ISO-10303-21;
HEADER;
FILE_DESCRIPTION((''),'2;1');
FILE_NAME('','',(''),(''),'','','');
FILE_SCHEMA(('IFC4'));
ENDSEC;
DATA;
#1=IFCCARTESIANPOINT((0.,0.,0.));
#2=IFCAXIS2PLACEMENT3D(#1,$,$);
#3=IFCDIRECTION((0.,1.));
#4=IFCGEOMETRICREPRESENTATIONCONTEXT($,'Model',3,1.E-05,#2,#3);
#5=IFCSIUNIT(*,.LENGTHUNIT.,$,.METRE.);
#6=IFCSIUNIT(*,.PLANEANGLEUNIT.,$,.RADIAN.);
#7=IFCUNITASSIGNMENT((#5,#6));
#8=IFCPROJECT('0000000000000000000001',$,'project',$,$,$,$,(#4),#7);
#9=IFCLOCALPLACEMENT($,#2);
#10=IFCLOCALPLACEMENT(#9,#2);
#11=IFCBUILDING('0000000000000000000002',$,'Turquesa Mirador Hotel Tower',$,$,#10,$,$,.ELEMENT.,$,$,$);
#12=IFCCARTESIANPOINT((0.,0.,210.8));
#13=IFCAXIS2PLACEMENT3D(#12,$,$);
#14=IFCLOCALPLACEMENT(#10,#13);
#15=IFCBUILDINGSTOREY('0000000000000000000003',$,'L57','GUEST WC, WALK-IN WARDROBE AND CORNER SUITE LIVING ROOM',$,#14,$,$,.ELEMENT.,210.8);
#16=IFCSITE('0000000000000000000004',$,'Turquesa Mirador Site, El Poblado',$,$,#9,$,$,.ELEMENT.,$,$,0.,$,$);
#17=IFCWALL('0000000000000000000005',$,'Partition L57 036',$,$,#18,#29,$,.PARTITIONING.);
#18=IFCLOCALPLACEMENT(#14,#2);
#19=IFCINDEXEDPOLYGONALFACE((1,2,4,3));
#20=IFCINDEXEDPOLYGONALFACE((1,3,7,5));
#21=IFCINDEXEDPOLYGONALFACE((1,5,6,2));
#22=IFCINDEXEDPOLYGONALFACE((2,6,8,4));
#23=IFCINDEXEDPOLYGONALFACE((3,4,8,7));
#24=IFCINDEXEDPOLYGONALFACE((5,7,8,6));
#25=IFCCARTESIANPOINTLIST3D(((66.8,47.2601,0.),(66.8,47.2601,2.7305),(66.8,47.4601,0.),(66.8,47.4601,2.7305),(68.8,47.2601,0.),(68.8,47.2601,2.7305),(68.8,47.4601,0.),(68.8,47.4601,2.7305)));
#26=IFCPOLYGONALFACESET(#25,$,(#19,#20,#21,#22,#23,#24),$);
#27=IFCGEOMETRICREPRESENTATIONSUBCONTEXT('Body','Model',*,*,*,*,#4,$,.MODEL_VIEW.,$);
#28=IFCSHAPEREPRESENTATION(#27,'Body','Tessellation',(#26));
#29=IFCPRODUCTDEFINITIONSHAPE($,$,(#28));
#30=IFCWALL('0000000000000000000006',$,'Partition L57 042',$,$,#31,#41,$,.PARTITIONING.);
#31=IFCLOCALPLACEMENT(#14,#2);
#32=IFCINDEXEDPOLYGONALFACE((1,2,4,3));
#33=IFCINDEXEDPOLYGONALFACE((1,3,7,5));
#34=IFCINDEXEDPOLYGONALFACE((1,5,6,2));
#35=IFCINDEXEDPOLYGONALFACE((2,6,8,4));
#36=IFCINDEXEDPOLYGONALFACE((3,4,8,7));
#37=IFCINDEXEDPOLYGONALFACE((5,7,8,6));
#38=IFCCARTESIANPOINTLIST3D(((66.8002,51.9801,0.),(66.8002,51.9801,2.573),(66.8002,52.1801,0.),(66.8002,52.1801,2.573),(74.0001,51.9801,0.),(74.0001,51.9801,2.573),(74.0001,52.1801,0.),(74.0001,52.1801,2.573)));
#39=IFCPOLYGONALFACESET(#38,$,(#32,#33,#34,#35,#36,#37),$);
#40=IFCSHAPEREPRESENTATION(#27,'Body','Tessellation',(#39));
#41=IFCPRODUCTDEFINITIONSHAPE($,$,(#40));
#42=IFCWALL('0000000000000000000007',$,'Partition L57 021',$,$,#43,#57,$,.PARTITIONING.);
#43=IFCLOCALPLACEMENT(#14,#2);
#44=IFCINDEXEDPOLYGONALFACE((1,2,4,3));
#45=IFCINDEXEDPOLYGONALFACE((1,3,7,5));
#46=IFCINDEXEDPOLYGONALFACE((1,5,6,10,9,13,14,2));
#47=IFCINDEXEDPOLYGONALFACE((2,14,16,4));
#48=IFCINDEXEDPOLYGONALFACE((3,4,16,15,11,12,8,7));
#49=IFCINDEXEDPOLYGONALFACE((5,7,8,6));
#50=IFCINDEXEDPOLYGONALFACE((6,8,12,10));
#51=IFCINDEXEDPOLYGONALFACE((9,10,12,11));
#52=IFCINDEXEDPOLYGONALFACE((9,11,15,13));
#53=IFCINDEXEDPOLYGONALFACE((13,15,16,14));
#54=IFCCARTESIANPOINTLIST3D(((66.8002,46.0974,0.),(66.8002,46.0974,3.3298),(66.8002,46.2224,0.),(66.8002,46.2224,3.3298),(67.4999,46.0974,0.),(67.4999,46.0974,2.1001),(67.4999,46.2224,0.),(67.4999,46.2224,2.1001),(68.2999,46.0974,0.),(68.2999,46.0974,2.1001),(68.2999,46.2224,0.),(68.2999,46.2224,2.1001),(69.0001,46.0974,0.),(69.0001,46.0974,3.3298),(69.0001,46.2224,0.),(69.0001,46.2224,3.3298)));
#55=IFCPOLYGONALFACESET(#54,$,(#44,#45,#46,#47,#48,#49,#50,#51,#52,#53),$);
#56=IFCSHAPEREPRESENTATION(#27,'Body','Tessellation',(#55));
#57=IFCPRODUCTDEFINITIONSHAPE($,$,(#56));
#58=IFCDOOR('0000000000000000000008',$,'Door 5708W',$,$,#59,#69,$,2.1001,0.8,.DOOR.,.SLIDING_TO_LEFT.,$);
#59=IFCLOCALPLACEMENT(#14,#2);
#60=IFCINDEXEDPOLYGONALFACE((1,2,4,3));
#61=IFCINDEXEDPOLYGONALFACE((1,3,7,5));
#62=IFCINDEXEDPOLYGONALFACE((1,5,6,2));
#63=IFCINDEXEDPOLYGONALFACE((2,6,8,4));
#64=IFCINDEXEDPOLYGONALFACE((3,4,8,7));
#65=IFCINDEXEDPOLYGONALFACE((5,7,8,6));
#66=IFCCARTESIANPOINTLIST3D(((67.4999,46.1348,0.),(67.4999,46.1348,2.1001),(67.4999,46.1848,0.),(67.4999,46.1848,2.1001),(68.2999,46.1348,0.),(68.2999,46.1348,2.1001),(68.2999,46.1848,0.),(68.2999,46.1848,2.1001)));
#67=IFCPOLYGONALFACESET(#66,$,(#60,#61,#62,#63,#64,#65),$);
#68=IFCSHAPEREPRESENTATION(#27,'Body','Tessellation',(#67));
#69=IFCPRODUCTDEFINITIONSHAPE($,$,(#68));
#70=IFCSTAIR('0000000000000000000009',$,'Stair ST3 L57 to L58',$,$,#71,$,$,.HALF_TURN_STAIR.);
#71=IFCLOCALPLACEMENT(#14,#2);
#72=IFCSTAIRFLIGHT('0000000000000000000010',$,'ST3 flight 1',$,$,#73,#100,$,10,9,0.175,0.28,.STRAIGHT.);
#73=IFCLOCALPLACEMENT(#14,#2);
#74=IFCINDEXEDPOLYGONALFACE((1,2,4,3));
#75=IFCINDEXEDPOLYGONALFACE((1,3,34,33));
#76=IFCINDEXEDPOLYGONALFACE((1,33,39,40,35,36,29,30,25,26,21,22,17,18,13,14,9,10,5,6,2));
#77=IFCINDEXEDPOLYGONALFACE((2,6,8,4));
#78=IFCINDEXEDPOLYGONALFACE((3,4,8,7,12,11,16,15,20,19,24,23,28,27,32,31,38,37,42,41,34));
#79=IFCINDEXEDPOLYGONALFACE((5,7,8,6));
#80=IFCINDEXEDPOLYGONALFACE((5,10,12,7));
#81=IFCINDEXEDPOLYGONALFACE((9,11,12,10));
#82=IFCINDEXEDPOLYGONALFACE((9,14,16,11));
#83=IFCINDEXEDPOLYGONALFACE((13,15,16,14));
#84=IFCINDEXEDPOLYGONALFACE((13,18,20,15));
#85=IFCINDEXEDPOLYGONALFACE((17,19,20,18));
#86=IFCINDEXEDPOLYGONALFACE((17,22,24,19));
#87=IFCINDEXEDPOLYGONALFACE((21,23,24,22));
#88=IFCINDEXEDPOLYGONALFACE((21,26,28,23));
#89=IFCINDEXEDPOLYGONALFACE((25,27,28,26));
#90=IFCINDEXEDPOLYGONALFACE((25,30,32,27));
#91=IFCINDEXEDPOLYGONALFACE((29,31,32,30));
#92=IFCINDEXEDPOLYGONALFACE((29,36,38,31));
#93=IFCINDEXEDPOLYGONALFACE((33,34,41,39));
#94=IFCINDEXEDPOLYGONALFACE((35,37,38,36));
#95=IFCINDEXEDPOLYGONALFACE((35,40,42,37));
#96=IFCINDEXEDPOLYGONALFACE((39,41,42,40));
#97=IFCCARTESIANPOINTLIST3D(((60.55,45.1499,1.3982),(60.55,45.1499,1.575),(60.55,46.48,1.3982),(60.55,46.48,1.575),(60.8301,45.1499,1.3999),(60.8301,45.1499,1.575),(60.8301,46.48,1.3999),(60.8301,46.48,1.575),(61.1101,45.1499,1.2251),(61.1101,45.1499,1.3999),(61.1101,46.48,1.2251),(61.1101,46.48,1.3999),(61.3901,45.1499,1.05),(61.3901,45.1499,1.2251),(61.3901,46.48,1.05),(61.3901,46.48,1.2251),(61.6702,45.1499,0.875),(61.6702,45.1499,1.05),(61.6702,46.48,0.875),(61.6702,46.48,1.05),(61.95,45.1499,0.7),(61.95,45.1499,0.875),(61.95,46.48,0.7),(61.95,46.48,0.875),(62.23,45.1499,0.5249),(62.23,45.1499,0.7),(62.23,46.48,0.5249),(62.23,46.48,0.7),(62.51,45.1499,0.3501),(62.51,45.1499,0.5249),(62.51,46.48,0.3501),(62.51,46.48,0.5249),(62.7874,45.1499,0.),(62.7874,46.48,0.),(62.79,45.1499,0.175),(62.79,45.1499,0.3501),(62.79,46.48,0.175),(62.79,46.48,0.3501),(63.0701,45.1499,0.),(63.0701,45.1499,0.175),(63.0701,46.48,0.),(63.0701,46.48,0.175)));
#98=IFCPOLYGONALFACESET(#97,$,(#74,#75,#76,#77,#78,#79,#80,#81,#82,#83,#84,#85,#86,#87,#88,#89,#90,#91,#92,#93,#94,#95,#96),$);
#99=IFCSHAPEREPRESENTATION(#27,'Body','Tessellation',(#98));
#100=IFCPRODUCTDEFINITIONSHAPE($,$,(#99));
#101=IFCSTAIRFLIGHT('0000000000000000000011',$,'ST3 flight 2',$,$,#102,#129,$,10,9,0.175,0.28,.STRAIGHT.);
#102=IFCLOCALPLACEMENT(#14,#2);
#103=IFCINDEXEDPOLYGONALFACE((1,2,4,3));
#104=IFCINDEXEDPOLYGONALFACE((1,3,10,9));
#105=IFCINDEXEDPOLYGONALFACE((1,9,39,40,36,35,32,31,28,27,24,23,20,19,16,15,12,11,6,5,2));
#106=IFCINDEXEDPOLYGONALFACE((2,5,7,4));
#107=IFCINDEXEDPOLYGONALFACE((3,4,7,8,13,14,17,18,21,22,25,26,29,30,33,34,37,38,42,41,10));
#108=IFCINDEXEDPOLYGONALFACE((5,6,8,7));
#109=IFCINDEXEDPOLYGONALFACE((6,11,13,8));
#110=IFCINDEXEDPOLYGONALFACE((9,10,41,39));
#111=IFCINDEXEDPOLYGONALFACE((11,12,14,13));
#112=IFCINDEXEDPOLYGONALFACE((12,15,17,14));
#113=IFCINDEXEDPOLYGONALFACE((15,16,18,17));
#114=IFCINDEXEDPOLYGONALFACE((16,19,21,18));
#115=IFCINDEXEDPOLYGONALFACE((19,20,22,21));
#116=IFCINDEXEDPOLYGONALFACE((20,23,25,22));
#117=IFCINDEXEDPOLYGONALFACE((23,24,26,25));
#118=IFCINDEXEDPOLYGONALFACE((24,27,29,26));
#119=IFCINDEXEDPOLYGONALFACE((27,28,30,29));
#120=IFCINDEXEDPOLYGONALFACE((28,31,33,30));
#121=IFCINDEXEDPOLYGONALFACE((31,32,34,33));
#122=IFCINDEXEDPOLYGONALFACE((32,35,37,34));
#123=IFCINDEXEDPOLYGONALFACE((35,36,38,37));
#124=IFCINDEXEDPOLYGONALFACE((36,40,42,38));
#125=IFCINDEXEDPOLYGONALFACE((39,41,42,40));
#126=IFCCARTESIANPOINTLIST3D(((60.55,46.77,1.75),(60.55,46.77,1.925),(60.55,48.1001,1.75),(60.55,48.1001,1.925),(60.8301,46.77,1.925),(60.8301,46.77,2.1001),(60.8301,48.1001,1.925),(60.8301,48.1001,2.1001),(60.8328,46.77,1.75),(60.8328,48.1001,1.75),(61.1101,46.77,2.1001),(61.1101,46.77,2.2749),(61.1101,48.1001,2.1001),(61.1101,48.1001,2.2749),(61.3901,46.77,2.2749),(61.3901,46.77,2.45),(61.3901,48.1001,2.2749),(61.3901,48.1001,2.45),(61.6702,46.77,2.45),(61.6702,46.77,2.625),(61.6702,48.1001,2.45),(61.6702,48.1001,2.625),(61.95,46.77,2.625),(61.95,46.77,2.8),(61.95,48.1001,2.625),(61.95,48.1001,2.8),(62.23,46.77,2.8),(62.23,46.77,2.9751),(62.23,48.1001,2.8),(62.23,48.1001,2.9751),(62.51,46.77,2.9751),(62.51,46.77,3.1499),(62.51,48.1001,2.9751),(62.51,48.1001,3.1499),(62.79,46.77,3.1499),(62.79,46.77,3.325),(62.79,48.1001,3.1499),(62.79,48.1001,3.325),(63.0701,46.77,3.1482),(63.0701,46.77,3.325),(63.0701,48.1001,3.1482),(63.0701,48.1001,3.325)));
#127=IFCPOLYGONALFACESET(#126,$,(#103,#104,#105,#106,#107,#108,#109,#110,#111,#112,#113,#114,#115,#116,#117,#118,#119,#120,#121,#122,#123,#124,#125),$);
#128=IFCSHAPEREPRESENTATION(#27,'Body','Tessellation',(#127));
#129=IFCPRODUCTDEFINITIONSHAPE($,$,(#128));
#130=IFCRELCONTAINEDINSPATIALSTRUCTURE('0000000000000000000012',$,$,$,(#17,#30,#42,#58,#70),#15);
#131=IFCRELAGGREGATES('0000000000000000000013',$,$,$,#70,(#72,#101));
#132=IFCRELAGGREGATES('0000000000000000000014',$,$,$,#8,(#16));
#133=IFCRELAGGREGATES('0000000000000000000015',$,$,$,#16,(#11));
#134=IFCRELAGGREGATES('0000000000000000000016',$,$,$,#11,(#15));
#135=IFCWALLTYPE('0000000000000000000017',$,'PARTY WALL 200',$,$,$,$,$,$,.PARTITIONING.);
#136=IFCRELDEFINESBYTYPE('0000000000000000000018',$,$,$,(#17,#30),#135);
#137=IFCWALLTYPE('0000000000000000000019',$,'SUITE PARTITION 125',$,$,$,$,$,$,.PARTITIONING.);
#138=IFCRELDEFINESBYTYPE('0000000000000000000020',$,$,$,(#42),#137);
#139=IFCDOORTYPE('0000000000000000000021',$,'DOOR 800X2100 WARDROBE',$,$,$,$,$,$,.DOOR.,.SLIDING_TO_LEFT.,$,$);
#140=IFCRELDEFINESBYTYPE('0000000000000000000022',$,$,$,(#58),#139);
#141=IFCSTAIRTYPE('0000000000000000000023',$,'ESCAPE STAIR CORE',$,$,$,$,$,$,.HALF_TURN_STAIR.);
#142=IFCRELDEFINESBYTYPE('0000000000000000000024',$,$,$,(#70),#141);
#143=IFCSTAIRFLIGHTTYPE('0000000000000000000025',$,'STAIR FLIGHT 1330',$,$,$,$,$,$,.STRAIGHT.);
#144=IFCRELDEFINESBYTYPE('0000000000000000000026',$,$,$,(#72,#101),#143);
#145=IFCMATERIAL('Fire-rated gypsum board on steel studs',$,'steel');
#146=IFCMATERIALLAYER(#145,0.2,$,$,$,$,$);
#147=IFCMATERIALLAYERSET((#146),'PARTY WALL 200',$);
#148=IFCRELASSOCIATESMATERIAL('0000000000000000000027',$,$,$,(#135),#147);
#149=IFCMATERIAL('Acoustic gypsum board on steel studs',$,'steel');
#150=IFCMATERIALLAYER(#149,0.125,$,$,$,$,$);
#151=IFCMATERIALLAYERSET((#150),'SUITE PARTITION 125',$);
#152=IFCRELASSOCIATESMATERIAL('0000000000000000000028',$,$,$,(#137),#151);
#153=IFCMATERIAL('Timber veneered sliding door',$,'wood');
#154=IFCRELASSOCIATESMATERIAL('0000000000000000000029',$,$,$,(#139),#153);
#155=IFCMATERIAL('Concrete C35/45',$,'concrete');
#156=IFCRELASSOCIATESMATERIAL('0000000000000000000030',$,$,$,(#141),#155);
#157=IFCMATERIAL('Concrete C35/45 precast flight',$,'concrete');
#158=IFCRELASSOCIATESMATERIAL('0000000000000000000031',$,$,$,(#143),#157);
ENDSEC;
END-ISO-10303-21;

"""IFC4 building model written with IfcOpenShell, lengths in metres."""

from ifc_helpers import new_model, si_unit, direction, frame, frame_2d, origin, place, context, subcontext, project, spatial, polyline, rectangle, outline, extrude, material, layer, layer_set, type_object, element, fill, aggregate, save


model = new_model("IFC4")

# Units and contexts
model_context = context("Model", 3, precision=1e-05, world=origin(), true_north=direction((0.0, 1.0)))
body_context = subcontext(model_context, "Body", "Model", "MODEL_VIEW")
ifc_project = project(units=[si_unit("LENGTHUNIT", "METRE"), si_unit("PLANEANGLEUNIT", "RADIAN")], contexts=[model_context])

# Site, building, storey
site_placement = place(None, origin())
site = spatial("IfcSite", under=ifc_project, at=site_placement, Name="Turquesa Mirador Site, El Poblado", CompositionType="ELEMENT", RefElevation=0.0)
building_placement = place(site_placement, origin())
building = spatial("IfcBuilding", under=site, at=building_placement, Name="Turquesa Mirador Hotel Tower", CompositionType="ELEMENT")
storey_placement = place(building_placement, frame((0.0, 0.0, 210.8)))
storey = spatial("IfcBuildingStorey", under=building, at=storey_placement, Name="L57", Description="GUEST WC, WALK-IN WARDROBE AND CORNER SUITE LIVING ROOM", CompositionType="ELEMENT", Elevation=210.8)

# Walls
ifc_material_1 = material(Name="Fire-rated gypsum board on steel studs", Category="steel")
ifc_layer_1 = layer(ifc_material_1, 0.2)
ifc_layer_set_1 = layer_set([ifc_layer_1], Name="PARTY WALL 200")
wall_type_1 = type_object("IfcWallType", Name="PARTY WALL 200", PredefinedType="PARTITIONING", material=ifc_layer_set_1)
wall_1_placement = place(storey_placement, frame((66.8, 47.3601, 0.0), z_axis=(0.0, 0.0, 1.0), x_axis=(1.0, 0.0, 0.0)))
element("IfcWall", 1, at=wall_1_placement, inside=storey, type_object=wall_type_1, Name="Partition L57 036", PredefinedType="PARTITIONING", context=body_context, shape_type="SweptSolid", body=[
    extrude(rectangle(XDim=2.0, YDim=0.2, at=frame_2d((1.0, 0.0))), origin(), (0.0, 0.0, 1.0), 2.7305),
])
wall_2_placement = place(storey_placement, frame((66.8, 52.0801, 0.0), z_axis=(0.0, 0.0, 1.0), x_axis=(1.0, 0.0, 0.0)))
element("IfcWall", 2, at=wall_2_placement, inside=storey, type_object=wall_type_1, Name="Partition L57 042", PredefinedType="PARTITIONING", context=body_context, shape_type="SweptSolid", body=[
    extrude(rectangle(XDim=7.2, YDim=0.2, at=frame_2d((3.6001, 0.0))), origin(), (0.0, 0.0, 1.0), 2.573),
])

# Wall, opening, door
ifc_material_2 = material(Name="Acoustic gypsum board on steel studs", Category="steel")
ifc_layer_2 = layer(ifc_material_2, 0.125)
ifc_layer_set_2 = layer_set([ifc_layer_2], Name="SUITE PARTITION 125")
wall_type_2 = type_object("IfcWallType", Name="SUITE PARTITION 125", PredefinedType="PARTITIONING", material=ifc_layer_set_2)
wall_3_placement = place(storey_placement, frame((66.8, 46.1599, 0.0), z_axis=(0.0, 0.0, 1.0), x_axis=(1.0, 0.0, 0.0)))
wall_3 = element("IfcWall", 3, at=wall_3_placement, inside=storey, type_object=wall_type_2, Name="Partition L57 021", PredefinedType="PARTITIONING", context=body_context, shape_type="SweptSolid", body=[
    extrude(rectangle(XDim=2.2, YDim=0.125, at=frame_2d((1.1001, 0.0))), origin(), (0.0, 0.0, 1.0), 3.3298),
])
opening_1_placement = place(wall_3_placement, frame((0.7, 0.0, 0.0)))
opening_1 = element("IfcOpeningElement", 4, at=opening_1_placement, cuts=wall_3, PredefinedType="OPENING", context=body_context, shape_type="SweptSolid", body=[
    extrude(rectangle(XDim=0.8, YDim=2.1001, at=frame_2d((0.3999, 1.05))), frame((0.0, 0.0725, 0.0), z_axis=(0.0, -1.0, 0.0), x_axis=(1.0, 0.0, 0.0)), (0.0, 0.0, 1.0), 0.145),
])
ifc_material_3 = material(Name="Timber veneered sliding door", Category="wood")
door_type_1 = type_object("IfcDoorType", Name="DOOR 800X2100 WARDROBE", OperationType="SLIDING_TO_LEFT", PredefinedType="DOOR", material=ifc_material_3)
door_1_placement = place(opening_1_placement, origin())
door_1 = element("IfcDoor", 5, at=door_1_placement, inside=storey, type_object=door_type_1, Name="Door 5708W", OperationType="SLIDING_TO_LEFT", OverallHeight=2.1001, OverallWidth=0.8, PredefinedType="DOOR", context=body_context, shape_type="SweptSolid", body=[
    extrude(rectangle(XDim=0.8, YDim=2.1001, at=frame_2d((0.3999, 1.05))), frame((0.0, 0.0249, 0.0), z_axis=(0.0, -1.0, 0.0), x_axis=(1.0, 0.0, 0.0)), (0.0, 0.0, 1.0), 0.05),
])
fill(opening_1, door_1)

# Stair, stair flights
ifc_material_4 = material(Name="Concrete C35/45", Category="concrete")
stair_type = type_object("IfcStairType", Name="ESCAPE STAIR CORE", PredefinedType="HALF_TURN_STAIR", material=ifc_material_4)
stair_placement = place(storey_placement, origin())
stair = element("IfcStair", 6, at=stair_placement, inside=storey, type_object=stair_type, Name="Stair ST3 L57 to L58", PredefinedType="HALF_TURN_STAIR")
ifc_material_5 = material(Name="Concrete C35/45 precast flight", Category="concrete")
stair_flight_type = type_object("IfcStairFlightType", Name="STAIR FLIGHT 1330", PredefinedType="STRAIGHT", material=ifc_material_5)
stair_flight_1_placement = place(storey_placement, frame((63.0701, 45.8149, 0.0), z_axis=(0.0, 0.0, 1.0), x_axis=(-1.0, 0.0, 0.0)))
stair_flight_1 = element("IfcStairFlight", 7, at=stair_flight_1_placement, type_object=stair_flight_type, Name="ST3 flight 1", NumberOfRisers=10, NumberOfTreads=9, PredefinedType="STRAIGHT", RiserHeight=0.175, TreadLength=0.28, context=body_context, shape_type="SweptSolid", body=[
    extrude(outline(polyline([(0.0, 0.0), (0.0, 0.175), (0.28, 0.175), (0.28, 0.3501), (0.5601, 0.3501), (0.5601, 0.5249), (0.8401, 0.5249), (0.8401, 0.7), (1.1201, 0.7), (1.1201, 0.875), (1.3999, 0.875), (1.3999, 1.05), (1.6799, 1.05), (1.6799, 1.2251), (1.96, 1.2251), (1.96, 1.3999), (2.24, 1.3999), (2.24, 1.575), (2.52, 1.575), (2.52, 1.75), (2.52, 1.3982), (0.2827, 0.0), (0.0, 0.0)])), frame((0.0, 0.665, 0.0), z_axis=(0.0, -1.0, 0.0), x_axis=(1.0, 0.0, 0.0)), (0.0, 0.0, 1.0), 1.3301),
])
stair_flight_2_placement = place(storey_placement, frame((60.55, 47.4351, 1.75), z_axis=(0.0, 0.0, 1.0), x_axis=(1.0, 0.0, 0.0)))
stair_flight_2 = element("IfcStairFlight", 8, at=stair_flight_2_placement, type_object=stair_flight_type, Name="ST3 flight 2", NumberOfRisers=10, NumberOfTreads=9, PredefinedType="STRAIGHT", RiserHeight=0.175, TreadLength=0.28, context=body_context, shape_type="SweptSolid", body=[
    extrude(outline(polyline([(0.0, 0.0), (0.0, 0.175), (0.28, 0.175), (0.28, 0.3501), (0.5601, 0.3501), (0.5601, 0.5249), (0.8401, 0.5249), (0.8401, 0.7), (1.1201, 0.7), (1.1201, 0.875), (1.3999, 0.875), (1.3999, 1.05), (1.6799, 1.05), (1.6799, 1.2251), (1.96, 1.2251), (1.96, 1.3999), (2.24, 1.3999), (2.24, 1.575), (2.52, 1.575), (2.52, 1.75), (2.52, 1.3982), (0.2827, 0.0), (0.0, 0.0)])), frame((0.0, 0.665, 0.0), z_axis=(0.0, -1.0, 0.0), x_axis=(1.0, 0.0, 0.0)), (0.0, 0.0, 1.0), 1.3301),
])
aggregate(stair, [stair_flight_1, stair_flight_2])

save(model, "model.ifc")
